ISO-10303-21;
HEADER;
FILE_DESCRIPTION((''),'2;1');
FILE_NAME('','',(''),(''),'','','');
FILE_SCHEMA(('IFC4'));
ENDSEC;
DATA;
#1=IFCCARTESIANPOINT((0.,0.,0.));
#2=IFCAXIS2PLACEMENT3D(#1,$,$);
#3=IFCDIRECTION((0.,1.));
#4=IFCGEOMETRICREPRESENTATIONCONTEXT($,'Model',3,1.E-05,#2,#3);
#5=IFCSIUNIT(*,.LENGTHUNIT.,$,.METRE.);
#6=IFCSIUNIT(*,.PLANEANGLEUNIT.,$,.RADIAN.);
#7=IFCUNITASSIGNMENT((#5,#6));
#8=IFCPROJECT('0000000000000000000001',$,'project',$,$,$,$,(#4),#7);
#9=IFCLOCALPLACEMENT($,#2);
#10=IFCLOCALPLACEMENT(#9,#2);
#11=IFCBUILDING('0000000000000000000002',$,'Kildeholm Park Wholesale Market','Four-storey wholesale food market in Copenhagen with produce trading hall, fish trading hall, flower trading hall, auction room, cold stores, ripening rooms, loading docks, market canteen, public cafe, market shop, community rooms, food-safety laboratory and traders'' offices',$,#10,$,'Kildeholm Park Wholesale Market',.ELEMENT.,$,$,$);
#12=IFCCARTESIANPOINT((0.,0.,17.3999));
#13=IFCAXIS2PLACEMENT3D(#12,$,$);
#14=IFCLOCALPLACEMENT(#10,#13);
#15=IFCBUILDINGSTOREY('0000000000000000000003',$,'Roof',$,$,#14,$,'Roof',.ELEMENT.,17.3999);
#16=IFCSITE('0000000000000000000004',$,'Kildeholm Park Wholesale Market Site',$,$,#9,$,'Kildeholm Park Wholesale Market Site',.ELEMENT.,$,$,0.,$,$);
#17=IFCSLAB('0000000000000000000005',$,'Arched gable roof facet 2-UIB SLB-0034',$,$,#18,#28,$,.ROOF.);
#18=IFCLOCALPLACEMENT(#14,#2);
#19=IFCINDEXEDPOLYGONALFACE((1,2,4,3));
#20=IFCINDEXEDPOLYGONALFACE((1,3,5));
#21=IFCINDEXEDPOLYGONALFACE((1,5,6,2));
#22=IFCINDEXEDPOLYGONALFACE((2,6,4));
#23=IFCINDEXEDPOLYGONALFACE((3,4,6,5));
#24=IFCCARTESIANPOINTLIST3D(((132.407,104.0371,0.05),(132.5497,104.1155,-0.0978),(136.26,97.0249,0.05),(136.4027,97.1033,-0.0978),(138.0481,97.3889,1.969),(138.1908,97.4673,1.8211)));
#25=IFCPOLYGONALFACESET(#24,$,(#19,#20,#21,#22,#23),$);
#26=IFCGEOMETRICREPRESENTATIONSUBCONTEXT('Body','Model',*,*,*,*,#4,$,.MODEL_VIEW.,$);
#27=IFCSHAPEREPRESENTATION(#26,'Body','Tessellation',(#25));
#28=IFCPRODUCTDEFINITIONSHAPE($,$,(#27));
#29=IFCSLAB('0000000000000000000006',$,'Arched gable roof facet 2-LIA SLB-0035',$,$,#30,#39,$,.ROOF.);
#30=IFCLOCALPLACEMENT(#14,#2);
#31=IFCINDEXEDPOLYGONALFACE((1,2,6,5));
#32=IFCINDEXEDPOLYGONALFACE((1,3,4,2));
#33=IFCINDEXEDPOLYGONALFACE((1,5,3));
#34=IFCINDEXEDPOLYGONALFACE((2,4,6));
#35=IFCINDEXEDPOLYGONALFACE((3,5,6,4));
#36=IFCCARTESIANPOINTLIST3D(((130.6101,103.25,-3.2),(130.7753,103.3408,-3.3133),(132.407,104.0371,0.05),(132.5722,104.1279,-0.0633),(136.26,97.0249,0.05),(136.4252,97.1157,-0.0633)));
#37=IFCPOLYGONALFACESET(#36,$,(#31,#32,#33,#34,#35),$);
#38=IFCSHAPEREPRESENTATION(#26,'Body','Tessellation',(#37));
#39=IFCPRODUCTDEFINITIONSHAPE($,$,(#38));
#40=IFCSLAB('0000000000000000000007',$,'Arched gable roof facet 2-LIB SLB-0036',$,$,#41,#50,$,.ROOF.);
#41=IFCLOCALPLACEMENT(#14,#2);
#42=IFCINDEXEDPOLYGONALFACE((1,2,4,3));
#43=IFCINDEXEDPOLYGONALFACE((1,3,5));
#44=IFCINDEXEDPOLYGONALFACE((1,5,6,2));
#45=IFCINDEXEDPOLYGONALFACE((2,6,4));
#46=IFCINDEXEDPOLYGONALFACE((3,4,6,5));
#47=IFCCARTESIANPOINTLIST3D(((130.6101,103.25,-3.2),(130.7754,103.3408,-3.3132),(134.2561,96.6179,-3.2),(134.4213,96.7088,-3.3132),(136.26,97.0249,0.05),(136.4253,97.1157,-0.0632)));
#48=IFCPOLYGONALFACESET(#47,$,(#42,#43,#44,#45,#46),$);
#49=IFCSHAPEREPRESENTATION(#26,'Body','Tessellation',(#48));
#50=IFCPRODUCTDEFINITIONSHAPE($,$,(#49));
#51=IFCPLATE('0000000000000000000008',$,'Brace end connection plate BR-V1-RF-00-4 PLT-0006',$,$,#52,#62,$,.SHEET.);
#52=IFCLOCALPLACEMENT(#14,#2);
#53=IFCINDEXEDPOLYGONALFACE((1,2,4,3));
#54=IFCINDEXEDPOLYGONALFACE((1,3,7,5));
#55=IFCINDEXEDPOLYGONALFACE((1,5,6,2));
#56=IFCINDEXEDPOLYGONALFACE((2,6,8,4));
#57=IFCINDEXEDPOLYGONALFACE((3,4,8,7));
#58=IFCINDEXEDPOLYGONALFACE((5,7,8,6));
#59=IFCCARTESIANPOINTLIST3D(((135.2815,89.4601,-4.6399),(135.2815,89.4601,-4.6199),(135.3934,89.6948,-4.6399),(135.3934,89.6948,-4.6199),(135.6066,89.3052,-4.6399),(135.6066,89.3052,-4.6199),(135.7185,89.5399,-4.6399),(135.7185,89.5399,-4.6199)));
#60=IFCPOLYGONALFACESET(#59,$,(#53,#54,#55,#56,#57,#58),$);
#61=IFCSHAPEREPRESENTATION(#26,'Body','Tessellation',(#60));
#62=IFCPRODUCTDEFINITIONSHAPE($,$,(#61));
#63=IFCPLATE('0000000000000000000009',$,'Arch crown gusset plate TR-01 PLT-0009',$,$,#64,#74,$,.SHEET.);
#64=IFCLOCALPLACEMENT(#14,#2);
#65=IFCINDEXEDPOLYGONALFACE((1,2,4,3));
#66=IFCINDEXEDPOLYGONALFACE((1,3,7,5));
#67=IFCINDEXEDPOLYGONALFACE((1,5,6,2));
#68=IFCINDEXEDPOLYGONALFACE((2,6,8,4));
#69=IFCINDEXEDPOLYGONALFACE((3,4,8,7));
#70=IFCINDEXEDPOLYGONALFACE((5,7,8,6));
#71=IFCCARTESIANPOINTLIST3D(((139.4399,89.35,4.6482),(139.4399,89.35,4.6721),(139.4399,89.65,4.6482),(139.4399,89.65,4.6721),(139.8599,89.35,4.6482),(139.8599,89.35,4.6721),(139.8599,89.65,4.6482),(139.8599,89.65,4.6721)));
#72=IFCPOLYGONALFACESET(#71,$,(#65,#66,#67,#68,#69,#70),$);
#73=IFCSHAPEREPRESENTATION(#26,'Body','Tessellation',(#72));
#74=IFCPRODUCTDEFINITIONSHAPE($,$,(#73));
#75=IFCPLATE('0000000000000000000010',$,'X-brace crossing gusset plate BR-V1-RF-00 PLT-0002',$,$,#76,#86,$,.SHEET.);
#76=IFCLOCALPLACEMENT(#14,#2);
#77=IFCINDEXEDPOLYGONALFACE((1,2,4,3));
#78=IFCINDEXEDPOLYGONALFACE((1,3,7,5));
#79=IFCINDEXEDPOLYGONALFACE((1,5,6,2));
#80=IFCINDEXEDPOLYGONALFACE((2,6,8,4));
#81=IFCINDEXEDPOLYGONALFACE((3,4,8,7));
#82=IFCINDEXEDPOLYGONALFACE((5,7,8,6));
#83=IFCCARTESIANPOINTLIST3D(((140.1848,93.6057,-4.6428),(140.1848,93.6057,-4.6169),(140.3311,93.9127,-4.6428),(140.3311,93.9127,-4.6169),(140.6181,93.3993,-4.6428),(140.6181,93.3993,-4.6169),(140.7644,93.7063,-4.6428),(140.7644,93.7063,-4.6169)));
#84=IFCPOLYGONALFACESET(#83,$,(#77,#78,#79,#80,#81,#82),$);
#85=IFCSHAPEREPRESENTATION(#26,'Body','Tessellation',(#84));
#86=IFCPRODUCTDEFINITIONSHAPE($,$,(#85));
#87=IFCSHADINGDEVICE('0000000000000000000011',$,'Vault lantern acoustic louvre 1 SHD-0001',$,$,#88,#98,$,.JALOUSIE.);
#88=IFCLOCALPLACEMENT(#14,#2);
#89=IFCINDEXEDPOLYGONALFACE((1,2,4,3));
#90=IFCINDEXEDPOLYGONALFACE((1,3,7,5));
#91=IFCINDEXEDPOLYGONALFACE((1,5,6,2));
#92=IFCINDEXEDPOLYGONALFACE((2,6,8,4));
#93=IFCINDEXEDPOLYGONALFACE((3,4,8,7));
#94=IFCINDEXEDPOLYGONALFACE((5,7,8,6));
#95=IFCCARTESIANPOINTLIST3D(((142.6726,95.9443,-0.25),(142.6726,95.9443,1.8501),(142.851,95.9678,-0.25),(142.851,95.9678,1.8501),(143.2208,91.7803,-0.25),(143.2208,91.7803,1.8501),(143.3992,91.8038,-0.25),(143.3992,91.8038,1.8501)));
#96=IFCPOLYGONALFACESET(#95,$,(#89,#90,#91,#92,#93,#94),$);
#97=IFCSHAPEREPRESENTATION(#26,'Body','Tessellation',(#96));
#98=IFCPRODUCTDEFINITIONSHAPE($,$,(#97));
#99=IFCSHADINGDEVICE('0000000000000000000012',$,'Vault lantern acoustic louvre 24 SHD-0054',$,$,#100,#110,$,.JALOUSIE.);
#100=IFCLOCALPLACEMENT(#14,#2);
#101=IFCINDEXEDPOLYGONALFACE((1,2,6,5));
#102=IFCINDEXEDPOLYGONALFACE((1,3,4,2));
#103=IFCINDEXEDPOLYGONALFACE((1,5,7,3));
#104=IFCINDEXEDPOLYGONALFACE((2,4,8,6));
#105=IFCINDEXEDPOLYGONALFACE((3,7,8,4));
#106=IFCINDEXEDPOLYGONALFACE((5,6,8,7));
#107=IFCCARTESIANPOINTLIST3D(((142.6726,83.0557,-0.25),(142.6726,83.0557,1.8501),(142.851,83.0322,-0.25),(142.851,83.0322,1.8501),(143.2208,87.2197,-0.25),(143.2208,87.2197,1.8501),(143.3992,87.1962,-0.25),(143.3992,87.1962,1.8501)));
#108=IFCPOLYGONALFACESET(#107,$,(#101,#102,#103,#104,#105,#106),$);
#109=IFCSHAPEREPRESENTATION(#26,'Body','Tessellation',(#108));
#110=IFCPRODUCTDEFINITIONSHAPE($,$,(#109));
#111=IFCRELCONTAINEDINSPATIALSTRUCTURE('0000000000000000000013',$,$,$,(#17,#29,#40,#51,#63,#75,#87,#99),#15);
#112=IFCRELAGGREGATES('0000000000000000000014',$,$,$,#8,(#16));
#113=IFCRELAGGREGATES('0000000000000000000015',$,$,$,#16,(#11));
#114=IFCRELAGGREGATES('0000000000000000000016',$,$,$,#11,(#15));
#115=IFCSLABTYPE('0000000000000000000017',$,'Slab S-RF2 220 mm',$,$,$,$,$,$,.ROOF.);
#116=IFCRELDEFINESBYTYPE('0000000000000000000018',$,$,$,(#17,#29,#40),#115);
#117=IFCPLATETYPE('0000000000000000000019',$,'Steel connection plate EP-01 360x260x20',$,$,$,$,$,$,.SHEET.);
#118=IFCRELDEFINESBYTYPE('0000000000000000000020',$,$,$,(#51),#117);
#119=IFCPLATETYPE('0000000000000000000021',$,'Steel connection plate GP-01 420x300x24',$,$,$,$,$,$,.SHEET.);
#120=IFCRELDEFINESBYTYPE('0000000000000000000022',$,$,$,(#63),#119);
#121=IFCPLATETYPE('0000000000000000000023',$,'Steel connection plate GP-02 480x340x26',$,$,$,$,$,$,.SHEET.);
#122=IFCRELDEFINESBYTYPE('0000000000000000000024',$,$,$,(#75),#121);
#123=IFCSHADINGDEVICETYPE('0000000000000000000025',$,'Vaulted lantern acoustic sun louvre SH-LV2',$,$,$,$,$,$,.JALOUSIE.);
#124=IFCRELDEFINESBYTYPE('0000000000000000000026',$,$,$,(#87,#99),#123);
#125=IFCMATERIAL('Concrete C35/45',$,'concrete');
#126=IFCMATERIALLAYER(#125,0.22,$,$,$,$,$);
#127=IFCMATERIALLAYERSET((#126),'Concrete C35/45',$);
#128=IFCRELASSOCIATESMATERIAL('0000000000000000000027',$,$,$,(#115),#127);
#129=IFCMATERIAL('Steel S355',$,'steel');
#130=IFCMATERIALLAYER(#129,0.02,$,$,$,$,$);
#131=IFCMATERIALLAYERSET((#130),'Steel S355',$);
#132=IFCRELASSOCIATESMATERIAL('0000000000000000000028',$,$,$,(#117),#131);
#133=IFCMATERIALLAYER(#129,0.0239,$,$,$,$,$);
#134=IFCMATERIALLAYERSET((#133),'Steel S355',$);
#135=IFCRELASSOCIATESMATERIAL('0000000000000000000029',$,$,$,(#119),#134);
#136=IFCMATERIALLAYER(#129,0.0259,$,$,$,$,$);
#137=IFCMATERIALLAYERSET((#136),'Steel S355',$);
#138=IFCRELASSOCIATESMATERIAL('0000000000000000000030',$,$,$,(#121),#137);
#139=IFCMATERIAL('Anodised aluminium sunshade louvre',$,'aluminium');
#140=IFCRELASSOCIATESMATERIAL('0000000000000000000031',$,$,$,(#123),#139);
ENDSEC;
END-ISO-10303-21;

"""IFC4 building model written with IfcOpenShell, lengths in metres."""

from ifc_helpers import new_model, si_unit, direction, frame, origin, origin_2d, place, context, subcontext, project, spatial, polyline, rectangle, outline, extrude, material, layer, layer_set, type_object, element, save


model = new_model("IFC4")

# Units and contexts
model_context = context("Model", 3, precision=1e-05, world=origin(), true_north=direction((0.0, 1.0)))
body_context = subcontext(model_context, "Body", "Model", "MODEL_VIEW")
ifc_project = project(units=[si_unit("LENGTHUNIT", "METRE"), si_unit("PLANEANGLEUNIT", "RADIAN")], contexts=[model_context])

# Site, building, storey
site_placement = place(None, origin())
site = spatial("IfcSite", under=ifc_project, at=site_placement, Name="Kildeholm Park Wholesale Market Site", LongName="Kildeholm Park Wholesale Market Site", CompositionType="ELEMENT", RefElevation=0.0)
building_placement = place(site_placement, origin())
building = spatial("IfcBuilding", under=site, at=building_placement, Name="Kildeholm Park Wholesale Market", Description="Four-storey wholesale food market in Copenhagen with produce trading hall, fish trading hall, flower trading hall, auction room, cold stores, ripening rooms, loading docks, market canteen, public cafe, market shop, community rooms, food-safety laboratory and traders' offices", LongName="Kildeholm Park Wholesale Market", CompositionType="ELEMENT")
storey_placement = place(building_placement, frame((0.0, 0.0, 17.3999)))
storey = spatial("IfcBuildingStorey", under=building, at=storey_placement, Name="Roof", LongName="Roof", CompositionType="ELEMENT", Elevation=17.3999)

# Shared definitions
ifc_material_1 = material(Name="Steel S355", Category="steel")

# Slabs
ifc_material_2 = material(Name="Concrete C35/45", Category="concrete")
ifc_layer_1 = layer(ifc_material_2, 0.22)
ifc_layer_set_1 = layer_set([ifc_layer_1], Name="Concrete C35/45")
slab_type = type_object("IfcSlabType", Name="Slab S-RF2 220 mm", PredefinedType="ROOF", material=ifc_layer_set_1)
slab_1_placement = place(storey_placement, frame((138.0481, 97.3889, 1.969), z_axis=(-0.648845, -0.356524, 0.672229), x_axis=(-0.63187, 0.744674, -0.214944)))
element("IfcSlab", 1, at=slab_1_placement, inside=storey, type_object=slab_type, Name="Arched gable roof facet 2-UIB SLB-0034", PredefinedType="ROOF", context=body_context, shape_type="SweptSolid", body=[
    extrude(outline(polyline([(0.0, 0.0), (8.9277, 0.0), (1.2712, 2.3229), (0.0, 0.0)])), origin(), (0.0, 0.0, -1.0), 0.22),
])
slab_2_placement = place(storey_placement, frame((136.26, 97.0249, 0.05), z_axis=(-0.751123, -0.412723, 0.515241), x_axis=(-0.481565, 0.87641, 0.0)))
element("IfcSlab", 2, at=slab_2_placement, inside=storey, type_object=slab_type, Name="Arched gable roof facet 2-LIA SLB-0035", PredefinedType="ROOF", context=body_context, shape_type="SweptSolid", body=[
    extrude(outline(polyline([(0.0, 0.0), (8.0011, 0.0), (8.1765, 3.7921), (0.0, 0.0)])), origin(), (0.0, 0.0, -1.0), 0.22),
])
slab_3_placement = place(storey_placement, frame((136.26, 97.0249, 0.05), z_axis=(-0.751213, -0.412981, 0.514904), x_axis=(-0.626855, 0.690673, -0.360587)))
element("IfcSlab", 3, at=slab_3_placement, inside=storey, type_object=slab_type, Name="Arched gable roof facet 2-LIB SLB-0036", PredefinedType="ROOF", context=body_context, shape_type="SweptSolid", body=[
    extrude(outline(polyline([(0.0, 0.0), (9.0131, 0.0), (2.147, 3.1834), (0.0, 0.0)])), origin(), (0.0, 0.0, -1.0), 0.22),
])

# Plates
ifc_layer_2 = layer(ifc_material_1, 0.02)
ifc_layer_set_2 = layer_set([ifc_layer_2], Name="Steel S355")
plate_type_1 = type_object("IfcPlateType", Name="Steel connection plate EP-01 360x260x20", PredefinedType="SHEET", material=ifc_layer_set_2)
plate_1_placement = place(storey_placement, frame((135.5, 89.5, -4.6399), z_axis=(0.0, 0.0, 1.0), x_axis=(-0.902811, 0.430038, 0.0)))
element("IfcPlate", 4, at=plate_1_placement, inside=storey, type_object=plate_type_1, Name="Brace end connection plate BR-V1-RF-00-4 PLT-0006", PredefinedType="SHEET", context=body_context, shape_type="SweptSolid", body=[
    extrude(rectangle(XDim=0.3601, YDim=0.26, at=origin_2d()), origin(), (0.0, 0.0, 1.0), 0.02),
])
ifc_layer_3 = layer(ifc_material_1, 0.0239)
ifc_layer_set_3 = layer_set([ifc_layer_3], Name="Steel S355")
plate_type_2 = type_object("IfcPlateType", Name="Steel connection plate GP-01 420x300x24", PredefinedType="SHEET", material=ifc_layer_set_3)
plate_2_placement = place(storey_placement, frame((139.6499, 89.5, 4.6482), z_axis=(0.0, 0.0, 1.0), x_axis=(1.0, 0.0, 0.0)))
element("IfcPlate", 5, at=plate_2_placement, inside=storey, type_object=plate_type_2, Name="Arch crown gusset plate TR-01 PLT-0009", PredefinedType="SHEET", context=body_context, shape_type="SweptSolid", body=[
    extrude(rectangle(XDim=0.4199, YDim=0.3, at=origin_2d()), origin(), (0.0, 0.0, 1.0), 0.0239),
])
ifc_layer_4 = layer(ifc_material_1, 0.0259)
ifc_layer_set_4 = layer_set([ifc_layer_4], Name="Steel S355")
plate_type_3 = type_object("IfcPlateType", Name="Steel connection plate GP-02 480x340x26", PredefinedType="SHEET", material=ifc_layer_set_4)
plate_3_placement = place(storey_placement, frame((140.4746, 93.656, -4.6428), z_axis=(0.0, 0.0, 1.0), x_axis=(-0.902811, 0.430038, 0.0)))
element("IfcPlate", 6, at=plate_3_placement, inside=storey, type_object=plate_type_3, Name="X-brace crossing gusset plate BR-V1-RF-00 PLT-0002", PredefinedType="SHEET", context=body_context, shape_type="SweptSolid", body=[
    extrude(rectangle(XDim=0.48, YDim=0.3401, at=origin_2d()), origin(), (0.0, 0.0, 1.0), 0.0259),
])

# Shading devices
ifc_material_3 = material(Name="Anodised aluminium sunshade louvre", Category="aluminium")
shading_device_type = type_object("IfcShadingDeviceType", Name="Vaulted lantern acoustic sun louvre SH-LV2", PredefinedType="JALOUSIE", material=ifc_material_3)
for number, where, z_axis, x_axis, name in (
    (7, (143.0359, 93.874, -0.25), (0.0, 0.0, 1.0), (-0.130526, 0.991445, 0.0), "Vault lantern acoustic louvre 1 SHD-0001"),
    (8, (143.0359, 85.126, -0.25), (0.0, 0.0, 1.0), (0.130526, 0.991445, 0.0), "Vault lantern acoustic louvre 24 SHD-0054"),
):
    element("IfcShadingDevice", number, at=place(storey_placement, frame(where, z_axis=z_axis, x_axis=x_axis)), inside=storey, type_object=shading_device_type, Name=name, PredefinedType="JALOUSIE", context=body_context, shape_type="SweptSolid", body=[
        extrude(rectangle(XDim=4.2, YDim=0.1799, at=origin_2d()), origin(), (0.0, 0.0, 1.0), 2.1001),
    ])

save(model, "model.ifc")
